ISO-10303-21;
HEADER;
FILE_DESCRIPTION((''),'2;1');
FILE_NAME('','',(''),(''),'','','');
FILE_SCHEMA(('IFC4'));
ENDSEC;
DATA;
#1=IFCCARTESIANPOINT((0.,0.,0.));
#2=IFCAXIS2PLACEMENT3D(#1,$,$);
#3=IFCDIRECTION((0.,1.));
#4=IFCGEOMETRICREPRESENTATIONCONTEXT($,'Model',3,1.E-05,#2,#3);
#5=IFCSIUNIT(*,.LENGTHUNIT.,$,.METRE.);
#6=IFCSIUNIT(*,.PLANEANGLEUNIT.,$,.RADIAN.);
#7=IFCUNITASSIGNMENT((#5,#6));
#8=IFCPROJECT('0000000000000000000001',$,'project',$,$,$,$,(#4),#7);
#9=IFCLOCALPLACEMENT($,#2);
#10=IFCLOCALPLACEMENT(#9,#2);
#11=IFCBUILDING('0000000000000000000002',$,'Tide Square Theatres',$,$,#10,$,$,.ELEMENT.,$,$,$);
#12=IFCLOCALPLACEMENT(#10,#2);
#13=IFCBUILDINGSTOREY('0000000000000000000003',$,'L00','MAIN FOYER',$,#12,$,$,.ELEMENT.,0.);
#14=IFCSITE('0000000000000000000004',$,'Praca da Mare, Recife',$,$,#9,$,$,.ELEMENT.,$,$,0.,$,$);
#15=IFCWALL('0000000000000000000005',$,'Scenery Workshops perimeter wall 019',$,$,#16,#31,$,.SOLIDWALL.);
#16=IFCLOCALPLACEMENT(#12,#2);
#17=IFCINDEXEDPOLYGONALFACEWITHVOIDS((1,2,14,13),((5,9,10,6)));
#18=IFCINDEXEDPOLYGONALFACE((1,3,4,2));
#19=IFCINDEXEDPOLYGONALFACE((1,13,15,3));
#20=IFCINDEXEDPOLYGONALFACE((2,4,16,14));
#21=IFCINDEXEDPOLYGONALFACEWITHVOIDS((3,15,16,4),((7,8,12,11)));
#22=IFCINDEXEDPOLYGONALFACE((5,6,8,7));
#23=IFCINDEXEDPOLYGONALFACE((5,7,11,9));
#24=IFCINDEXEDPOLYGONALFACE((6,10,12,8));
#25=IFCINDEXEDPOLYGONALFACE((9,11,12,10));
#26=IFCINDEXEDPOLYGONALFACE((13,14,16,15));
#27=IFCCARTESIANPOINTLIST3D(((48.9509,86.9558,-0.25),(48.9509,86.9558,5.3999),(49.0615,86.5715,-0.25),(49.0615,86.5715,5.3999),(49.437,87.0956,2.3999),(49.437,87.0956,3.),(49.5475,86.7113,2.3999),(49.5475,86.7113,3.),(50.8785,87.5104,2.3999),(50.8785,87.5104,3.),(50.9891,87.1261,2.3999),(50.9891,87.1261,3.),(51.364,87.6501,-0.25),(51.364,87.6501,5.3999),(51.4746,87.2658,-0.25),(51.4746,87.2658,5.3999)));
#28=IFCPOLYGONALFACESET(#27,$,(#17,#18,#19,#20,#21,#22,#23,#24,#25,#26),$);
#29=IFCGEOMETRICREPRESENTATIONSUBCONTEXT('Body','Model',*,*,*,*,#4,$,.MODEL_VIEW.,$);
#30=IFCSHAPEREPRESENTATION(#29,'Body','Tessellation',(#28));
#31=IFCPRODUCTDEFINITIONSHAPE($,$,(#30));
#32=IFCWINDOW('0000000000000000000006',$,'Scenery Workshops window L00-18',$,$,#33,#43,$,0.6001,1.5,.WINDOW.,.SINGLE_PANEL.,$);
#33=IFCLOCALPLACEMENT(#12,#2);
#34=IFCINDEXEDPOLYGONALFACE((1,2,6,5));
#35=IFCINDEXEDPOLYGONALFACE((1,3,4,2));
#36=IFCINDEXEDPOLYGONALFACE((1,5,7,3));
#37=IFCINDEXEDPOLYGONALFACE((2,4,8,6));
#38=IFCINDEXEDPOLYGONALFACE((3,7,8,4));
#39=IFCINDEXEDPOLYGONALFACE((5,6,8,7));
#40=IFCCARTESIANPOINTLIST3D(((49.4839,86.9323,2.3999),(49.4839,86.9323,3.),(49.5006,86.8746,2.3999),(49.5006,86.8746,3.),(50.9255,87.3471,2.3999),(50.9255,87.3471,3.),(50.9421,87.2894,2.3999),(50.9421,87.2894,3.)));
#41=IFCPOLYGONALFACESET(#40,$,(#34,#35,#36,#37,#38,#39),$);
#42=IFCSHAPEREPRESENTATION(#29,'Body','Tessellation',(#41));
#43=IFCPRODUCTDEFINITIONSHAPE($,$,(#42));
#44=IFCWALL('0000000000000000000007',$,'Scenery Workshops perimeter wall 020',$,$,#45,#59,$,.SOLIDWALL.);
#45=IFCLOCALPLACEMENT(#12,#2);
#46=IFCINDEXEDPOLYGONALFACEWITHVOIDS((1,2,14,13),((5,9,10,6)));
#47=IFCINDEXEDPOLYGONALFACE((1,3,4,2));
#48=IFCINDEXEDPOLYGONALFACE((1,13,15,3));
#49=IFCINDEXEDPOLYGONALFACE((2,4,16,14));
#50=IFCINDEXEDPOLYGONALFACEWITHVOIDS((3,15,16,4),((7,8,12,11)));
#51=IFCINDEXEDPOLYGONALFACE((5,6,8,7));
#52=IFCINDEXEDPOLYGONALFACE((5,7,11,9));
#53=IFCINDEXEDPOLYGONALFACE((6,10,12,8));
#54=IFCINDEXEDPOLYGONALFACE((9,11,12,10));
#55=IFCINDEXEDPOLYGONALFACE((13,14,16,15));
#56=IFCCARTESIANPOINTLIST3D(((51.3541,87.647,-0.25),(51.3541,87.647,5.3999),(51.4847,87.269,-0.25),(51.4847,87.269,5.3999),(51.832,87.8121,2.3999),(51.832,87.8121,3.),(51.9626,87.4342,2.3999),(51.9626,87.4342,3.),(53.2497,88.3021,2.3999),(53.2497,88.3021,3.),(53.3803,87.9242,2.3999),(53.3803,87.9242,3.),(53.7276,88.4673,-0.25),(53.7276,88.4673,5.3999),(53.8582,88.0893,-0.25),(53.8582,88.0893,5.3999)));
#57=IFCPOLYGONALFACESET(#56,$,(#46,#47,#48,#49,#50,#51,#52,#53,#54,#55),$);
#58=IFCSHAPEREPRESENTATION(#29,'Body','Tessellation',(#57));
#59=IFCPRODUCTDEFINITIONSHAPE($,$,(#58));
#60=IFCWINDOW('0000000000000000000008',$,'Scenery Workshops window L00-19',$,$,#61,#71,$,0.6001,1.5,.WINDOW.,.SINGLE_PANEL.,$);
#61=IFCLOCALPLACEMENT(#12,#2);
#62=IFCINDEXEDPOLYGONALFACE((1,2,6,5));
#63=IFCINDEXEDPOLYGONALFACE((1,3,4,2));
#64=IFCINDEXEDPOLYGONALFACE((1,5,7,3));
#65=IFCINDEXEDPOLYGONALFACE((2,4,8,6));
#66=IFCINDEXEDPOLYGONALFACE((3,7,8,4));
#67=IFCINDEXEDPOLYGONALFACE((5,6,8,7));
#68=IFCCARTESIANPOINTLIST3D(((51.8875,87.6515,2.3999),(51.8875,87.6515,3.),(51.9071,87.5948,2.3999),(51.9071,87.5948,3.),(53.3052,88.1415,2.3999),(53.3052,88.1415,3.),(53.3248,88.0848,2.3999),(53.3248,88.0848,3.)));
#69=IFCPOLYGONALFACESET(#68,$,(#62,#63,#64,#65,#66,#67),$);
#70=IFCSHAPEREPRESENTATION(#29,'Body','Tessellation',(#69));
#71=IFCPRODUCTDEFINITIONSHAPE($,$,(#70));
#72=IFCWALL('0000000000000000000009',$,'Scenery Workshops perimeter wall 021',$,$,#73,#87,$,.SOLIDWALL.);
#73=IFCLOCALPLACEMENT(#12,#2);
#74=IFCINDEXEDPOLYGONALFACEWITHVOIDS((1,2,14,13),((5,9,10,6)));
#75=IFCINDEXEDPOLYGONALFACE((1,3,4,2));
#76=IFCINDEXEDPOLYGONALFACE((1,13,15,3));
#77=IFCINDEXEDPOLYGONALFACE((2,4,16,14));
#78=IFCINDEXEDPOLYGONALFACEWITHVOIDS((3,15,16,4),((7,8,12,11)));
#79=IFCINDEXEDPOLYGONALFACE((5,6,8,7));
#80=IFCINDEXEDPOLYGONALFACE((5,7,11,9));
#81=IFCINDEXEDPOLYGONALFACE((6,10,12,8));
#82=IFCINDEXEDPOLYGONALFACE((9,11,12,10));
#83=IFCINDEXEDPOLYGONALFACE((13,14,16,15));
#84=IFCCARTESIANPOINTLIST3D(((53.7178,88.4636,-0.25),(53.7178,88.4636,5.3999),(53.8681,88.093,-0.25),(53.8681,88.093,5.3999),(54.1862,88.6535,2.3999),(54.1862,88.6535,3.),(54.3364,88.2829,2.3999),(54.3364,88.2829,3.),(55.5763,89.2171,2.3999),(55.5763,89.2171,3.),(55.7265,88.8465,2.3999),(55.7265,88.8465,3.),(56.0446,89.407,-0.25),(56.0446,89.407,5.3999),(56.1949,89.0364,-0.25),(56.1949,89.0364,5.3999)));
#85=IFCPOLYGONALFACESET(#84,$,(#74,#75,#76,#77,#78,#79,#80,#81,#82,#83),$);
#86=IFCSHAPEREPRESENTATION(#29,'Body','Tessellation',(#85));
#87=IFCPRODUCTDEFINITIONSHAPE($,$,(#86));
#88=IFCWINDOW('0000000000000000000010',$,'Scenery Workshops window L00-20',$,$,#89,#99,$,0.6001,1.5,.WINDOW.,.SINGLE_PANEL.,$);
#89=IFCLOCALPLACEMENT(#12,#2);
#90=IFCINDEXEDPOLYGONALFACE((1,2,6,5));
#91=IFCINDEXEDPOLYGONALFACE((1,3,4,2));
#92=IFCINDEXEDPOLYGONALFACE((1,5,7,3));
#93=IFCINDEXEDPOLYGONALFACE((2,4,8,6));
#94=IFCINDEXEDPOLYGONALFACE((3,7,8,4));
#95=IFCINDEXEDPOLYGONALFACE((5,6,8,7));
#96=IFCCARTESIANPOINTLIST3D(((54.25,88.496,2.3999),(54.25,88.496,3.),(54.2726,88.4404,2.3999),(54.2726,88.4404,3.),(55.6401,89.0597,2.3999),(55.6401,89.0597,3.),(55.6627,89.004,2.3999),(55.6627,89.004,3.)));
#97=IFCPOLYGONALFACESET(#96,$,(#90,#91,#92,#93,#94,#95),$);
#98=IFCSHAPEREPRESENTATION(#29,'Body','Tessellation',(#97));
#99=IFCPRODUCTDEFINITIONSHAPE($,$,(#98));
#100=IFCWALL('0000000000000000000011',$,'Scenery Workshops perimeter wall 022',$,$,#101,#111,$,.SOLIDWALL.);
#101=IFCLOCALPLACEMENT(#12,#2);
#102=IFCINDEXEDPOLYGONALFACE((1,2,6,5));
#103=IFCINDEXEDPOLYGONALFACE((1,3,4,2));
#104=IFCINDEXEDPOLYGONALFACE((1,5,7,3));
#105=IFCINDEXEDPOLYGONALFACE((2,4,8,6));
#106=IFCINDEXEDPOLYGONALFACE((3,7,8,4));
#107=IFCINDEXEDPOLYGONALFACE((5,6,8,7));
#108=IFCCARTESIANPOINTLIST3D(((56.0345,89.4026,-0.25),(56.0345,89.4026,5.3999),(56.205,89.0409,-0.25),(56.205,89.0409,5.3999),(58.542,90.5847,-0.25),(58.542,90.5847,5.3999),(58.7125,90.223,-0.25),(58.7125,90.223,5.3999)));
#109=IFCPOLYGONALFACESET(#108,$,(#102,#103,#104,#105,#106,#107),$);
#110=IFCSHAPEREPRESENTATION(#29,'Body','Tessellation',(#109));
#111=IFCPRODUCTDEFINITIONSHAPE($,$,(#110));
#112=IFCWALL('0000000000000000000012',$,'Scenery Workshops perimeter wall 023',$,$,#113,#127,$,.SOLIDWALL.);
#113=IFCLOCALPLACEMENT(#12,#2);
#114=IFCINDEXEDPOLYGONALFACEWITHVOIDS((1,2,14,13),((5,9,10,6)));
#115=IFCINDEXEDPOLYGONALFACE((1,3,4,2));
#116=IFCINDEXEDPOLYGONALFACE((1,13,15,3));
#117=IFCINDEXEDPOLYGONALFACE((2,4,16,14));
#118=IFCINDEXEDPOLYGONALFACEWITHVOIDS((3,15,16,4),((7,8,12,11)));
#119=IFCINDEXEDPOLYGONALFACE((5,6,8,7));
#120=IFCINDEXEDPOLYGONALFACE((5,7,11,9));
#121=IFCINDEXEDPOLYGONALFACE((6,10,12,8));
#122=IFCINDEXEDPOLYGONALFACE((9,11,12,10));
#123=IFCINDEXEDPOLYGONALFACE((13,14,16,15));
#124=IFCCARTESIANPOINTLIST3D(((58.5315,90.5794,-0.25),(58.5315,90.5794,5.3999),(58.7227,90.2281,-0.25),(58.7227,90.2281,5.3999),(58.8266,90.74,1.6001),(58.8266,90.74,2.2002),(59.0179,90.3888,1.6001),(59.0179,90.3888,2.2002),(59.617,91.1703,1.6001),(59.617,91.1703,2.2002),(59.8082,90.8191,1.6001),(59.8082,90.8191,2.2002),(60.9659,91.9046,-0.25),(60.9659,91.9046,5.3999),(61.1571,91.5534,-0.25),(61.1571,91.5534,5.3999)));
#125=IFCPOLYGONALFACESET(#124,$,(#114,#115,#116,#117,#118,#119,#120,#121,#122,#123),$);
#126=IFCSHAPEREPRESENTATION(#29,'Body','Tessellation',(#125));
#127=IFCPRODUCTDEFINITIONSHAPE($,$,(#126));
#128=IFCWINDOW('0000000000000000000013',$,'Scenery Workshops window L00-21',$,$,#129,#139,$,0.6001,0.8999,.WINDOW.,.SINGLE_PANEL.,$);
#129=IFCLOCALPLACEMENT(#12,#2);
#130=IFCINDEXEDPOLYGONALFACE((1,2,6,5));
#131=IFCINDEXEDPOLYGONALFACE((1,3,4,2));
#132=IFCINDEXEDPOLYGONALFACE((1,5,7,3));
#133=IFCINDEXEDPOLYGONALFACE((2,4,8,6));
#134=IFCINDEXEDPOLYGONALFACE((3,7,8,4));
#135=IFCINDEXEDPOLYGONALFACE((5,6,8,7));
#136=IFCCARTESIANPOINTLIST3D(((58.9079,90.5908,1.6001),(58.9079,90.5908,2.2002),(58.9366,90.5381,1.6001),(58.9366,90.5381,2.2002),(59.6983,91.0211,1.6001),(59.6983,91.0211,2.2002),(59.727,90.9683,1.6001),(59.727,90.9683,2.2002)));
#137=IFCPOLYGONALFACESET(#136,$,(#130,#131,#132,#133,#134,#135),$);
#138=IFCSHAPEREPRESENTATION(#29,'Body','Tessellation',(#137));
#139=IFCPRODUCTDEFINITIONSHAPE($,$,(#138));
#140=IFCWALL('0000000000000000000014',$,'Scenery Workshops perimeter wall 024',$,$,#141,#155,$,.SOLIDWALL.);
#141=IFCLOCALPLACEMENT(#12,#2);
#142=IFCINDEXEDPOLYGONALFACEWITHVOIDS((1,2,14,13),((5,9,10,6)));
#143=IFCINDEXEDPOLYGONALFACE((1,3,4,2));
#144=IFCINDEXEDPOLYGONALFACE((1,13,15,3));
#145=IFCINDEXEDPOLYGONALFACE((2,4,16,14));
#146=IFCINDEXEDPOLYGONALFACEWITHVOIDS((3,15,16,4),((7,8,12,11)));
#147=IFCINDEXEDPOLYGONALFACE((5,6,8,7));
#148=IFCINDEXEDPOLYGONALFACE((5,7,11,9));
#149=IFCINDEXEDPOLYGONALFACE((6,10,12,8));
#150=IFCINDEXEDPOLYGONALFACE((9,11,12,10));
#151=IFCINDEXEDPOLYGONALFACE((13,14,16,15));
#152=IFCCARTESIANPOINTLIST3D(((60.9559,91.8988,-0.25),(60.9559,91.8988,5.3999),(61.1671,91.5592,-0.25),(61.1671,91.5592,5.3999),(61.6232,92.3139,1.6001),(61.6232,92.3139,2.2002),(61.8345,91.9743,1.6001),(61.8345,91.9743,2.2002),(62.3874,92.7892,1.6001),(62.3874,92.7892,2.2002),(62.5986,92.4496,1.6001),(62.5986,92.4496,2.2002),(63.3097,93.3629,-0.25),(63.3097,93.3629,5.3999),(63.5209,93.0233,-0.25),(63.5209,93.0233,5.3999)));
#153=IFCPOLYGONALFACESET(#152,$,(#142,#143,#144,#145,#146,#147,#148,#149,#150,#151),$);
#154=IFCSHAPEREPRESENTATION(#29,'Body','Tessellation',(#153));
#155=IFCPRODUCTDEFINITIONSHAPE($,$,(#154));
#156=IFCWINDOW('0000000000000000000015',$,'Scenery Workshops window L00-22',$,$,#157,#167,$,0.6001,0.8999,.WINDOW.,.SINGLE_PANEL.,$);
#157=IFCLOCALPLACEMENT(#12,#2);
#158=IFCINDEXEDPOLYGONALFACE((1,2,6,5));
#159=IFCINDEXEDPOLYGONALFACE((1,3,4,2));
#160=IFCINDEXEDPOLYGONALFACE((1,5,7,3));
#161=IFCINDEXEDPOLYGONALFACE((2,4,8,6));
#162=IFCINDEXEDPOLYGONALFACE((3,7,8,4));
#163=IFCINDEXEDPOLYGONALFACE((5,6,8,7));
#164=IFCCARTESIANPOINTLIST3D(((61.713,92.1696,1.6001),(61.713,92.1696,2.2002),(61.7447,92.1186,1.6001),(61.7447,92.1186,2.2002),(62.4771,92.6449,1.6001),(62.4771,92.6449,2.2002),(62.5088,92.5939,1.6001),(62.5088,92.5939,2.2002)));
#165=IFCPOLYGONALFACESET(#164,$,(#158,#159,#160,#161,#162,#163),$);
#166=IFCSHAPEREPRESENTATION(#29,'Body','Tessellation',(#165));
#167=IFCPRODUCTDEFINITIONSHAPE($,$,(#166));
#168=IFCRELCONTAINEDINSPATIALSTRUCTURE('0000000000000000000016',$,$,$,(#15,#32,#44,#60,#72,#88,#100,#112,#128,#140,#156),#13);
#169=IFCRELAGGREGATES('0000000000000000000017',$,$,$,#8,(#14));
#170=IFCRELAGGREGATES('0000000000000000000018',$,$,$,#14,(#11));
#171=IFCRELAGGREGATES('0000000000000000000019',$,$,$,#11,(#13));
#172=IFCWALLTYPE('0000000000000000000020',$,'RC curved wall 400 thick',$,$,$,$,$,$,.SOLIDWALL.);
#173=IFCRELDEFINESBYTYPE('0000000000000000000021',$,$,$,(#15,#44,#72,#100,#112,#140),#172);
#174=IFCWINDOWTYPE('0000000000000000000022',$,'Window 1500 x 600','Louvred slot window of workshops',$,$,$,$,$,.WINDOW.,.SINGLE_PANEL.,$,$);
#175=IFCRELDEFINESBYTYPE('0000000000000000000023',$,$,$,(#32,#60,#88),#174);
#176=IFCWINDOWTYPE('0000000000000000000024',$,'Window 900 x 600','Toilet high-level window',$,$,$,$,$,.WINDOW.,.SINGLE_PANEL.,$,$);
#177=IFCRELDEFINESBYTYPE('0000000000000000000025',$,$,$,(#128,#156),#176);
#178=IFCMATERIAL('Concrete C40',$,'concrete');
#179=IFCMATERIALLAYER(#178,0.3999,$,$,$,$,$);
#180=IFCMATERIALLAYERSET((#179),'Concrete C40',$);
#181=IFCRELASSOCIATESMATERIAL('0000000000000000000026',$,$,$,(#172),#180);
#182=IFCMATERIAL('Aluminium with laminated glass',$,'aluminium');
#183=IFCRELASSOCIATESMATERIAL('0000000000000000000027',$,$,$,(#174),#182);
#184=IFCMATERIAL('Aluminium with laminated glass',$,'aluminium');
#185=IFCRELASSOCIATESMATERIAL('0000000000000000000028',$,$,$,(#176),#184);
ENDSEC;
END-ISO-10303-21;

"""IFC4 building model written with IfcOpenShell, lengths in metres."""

from ifc_helpers import new_model, si_unit, direction, frame, frame_2d, origin, place, context, subcontext, project, spatial, rectangle, extrude, material, layer, layer_set, type_object, element, fill, save


model = new_model("IFC4")

# Units and contexts
model_context = context("Model", 3, precision=1e-05, world=origin(), true_north=direction((0.0, 1.0)))
body_context = subcontext(model_context, "Body", "Model", "MODEL_VIEW")
ifc_project = project(units=[si_unit("LENGTHUNIT", "METRE"), si_unit("PLANEANGLEUNIT", "RADIAN")], contexts=[model_context])

# Site, building, storey
site_placement = place(None, origin())
site = spatial("IfcSite", under=ifc_project, at=site_placement, Name="Praca da Mare, Recife", CompositionType="ELEMENT", RefElevation=0.0)
building_placement = place(site_placement, origin())
building = spatial("IfcBuilding", under=site, at=building_placement, Name="Tide Square Theatres", CompositionType="ELEMENT")
storey_placement = place(building_placement, origin())
storey = spatial("IfcBuildingStorey", under=building, at=storey_placement, Name="L00", Description="MAIN FOYER", CompositionType="ELEMENT", Elevation=0.0)

# Walls, openings, windows
ifc_material_1 = material(Name="Concrete C40", Category="concrete")
ifc_layer_1 = layer(ifc_material_1, 0.3999)
ifc_layer_set_1 = layer_set([ifc_layer_1], Name="Concrete C40")
wall_type_1 = type_object("IfcWallType", Name="RC curved wall 400 thick", PredefinedType="SOLIDWALL", material=ifc_layer_set_1)
ifc_material_2 = material(Name="Aluminium with laminated glass", Category="aluminium")
window_type_1 = type_object("IfcWindowType", Name="Window 1500 x 600", Description="Louvred slot window of workshops", PartitioningType="SINGLE_PANEL", PredefinedType="WINDOW", material=ifc_material_2)
wall_1_placement = place(storey_placement, frame((49.0063, 86.7637, -0.25), z_axis=(0.0, 0.0, 1.0), x_axis=(0.961009, 0.276518, 0.0)))
wall_1 = element("IfcWall", 1, at=wall_1_placement, inside=storey, type_object=wall_type_1, Name="Scenery Workshops perimeter wall 019", PredefinedType="SOLIDWALL", context=body_context, shape_type="SweptSolid", body=[
    extrude(rectangle(XDim=2.511, YDim=0.3999, at=frame_2d((1.2554, 0.0))), origin(), (0.0, 0.0, 1.0), 5.6499),
])
opening_1_placement = place(wall_1_placement, frame((0.5056, 0.0, 2.6499)))
opening_1 = element("IfcOpeningElement", 2, at=opening_1_placement, cuts=wall_1, PredefinedType="OPENING", context=body_context, shape_type="SweptSolid", body=[
    extrude(rectangle(XDim=1.5, YDim=0.6001, at=frame_2d((0.75, 0.3))), frame((0.0, 0.21, 0.0), z_axis=(0.0, -1.0, 0.0), x_axis=(1.0, 0.0, 0.0)), (0.0, 0.0, 1.0), 0.4199),
])
window_1_placement = place(opening_1_placement, origin())
window_1 = element("IfcWindow", 3, at=window_1_placement, inside=storey, type_object=window_type_1, Name="Scenery Workshops window L00-18", OverallHeight=0.6001, OverallWidth=1.5, PartitioningType="SINGLE_PANEL", PredefinedType="WINDOW", context=body_context, shape_type="SweptSolid", body=[
    extrude(rectangle(XDim=1.5, YDim=0.6001, at=frame_2d((0.75, 0.3))), frame((0.0, 0.03, 0.0), z_axis=(0.0, -1.0, 0.0), x_axis=(1.0, 0.0, 0.0)), (0.0, 0.0, 1.0), 0.0601),
])
fill(opening_1, window_1)
wall_2_placement = place(storey_placement, frame((51.4194, 87.458, -0.25), z_axis=(0.0, 0.0, 1.0), x_axis=(0.945145, 0.32665, 0.0)))
wall_2 = element("IfcWall", 4, at=wall_2_placement, inside=storey, type_object=wall_type_1, Name="Scenery Workshops perimeter wall 020", PredefinedType="SOLIDWALL", context=body_context, shape_type="SweptSolid", body=[
    extrude(rectangle(XDim=2.5112, YDim=0.3999, at=frame_2d((1.2556, 0.0))), origin(), (0.0, 0.0, 1.0), 5.6499),
])
opening_2_placement = place(wall_2_placement, frame((0.5056, 0.0, 2.6499)))
opening_2 = element("IfcOpeningElement", 5, at=opening_2_placement, cuts=wall_2, PredefinedType="OPENING", context=body_context, shape_type="SweptSolid", body=[
    extrude(rectangle(XDim=1.5, YDim=0.6001, at=frame_2d((0.75, 0.3))), frame((0.0, 0.21, 0.0), z_axis=(0.0, -1.0, 0.0), x_axis=(1.0, 0.0, 0.0)), (0.0, 0.0, 1.0), 0.4199),
])
window_2_placement = place(opening_2_placement, origin())
window_2 = element("IfcWindow", 6, at=window_2_placement, inside=storey, type_object=window_type_1, Name="Scenery Workshops window L00-19", OverallHeight=0.6001, OverallWidth=1.5, PartitioningType="SINGLE_PANEL", PredefinedType="WINDOW", context=body_context, shape_type="SweptSolid", body=[
    extrude(rectangle(XDim=1.5, YDim=0.6001, at=frame_2d((0.75, 0.3))), frame((0.0, 0.03, 0.0), z_axis=(0.0, -1.0, 0.0), x_axis=(1.0, 0.0, 0.0)), (0.0, 0.0, 1.0), 0.0601),
])
fill(opening_2, window_2)
wall_3_placement = place(storey_placement, frame((53.793, 88.2783, -0.25), z_axis=(0.0, 0.0, 1.0), x_axis=(0.926723, 0.375746, 0.0)))
wall_3 = element("IfcWall", 7, at=wall_3_placement, inside=storey, type_object=wall_type_1, Name="Scenery Workshops perimeter wall 021", PredefinedType="SOLIDWALL", context=body_context, shape_type="SweptSolid", body=[
    extrude(rectangle(XDim=2.5107, YDim=0.3999, at=frame_2d((1.2554, 0.0))), origin(), (0.0, 0.0, 1.0), 5.6499),
])
opening_3_placement = place(wall_3_placement, frame((0.5054, 0.0, 2.6499)))
opening_3 = element("IfcOpeningElement", 8, at=opening_3_placement, cuts=wall_3, PredefinedType="OPENING", context=body_context, shape_type="SweptSolid", body=[
    extrude(rectangle(XDim=1.5, YDim=0.6001, at=frame_2d((0.75, 0.3))), frame((0.0, 0.21, 0.0), z_axis=(0.0, -1.0, 0.0), x_axis=(1.0, 0.0, 0.0)), (0.0, 0.0, 1.0), 0.4199),
])
window_3_placement = place(opening_3_placement, origin())
window_3 = element("IfcWindow", 9, at=window_3_placement, inside=storey, type_object=window_type_1, Name="Scenery Workshops window L00-20", OverallHeight=0.6001, OverallWidth=1.5, PartitioningType="SINGLE_PANEL", PredefinedType="WINDOW", context=body_context, shape_type="SweptSolid", body=[
    extrude(rectangle(XDim=1.5, YDim=0.6001, at=frame_2d((0.75, 0.3))), frame((0.0, 0.03, 0.0), z_axis=(0.0, -1.0, 0.0), x_axis=(1.0, 0.0, 0.0)), (0.0, 0.0, 1.0), 0.0601),
])
fill(opening_3, window_3)

# Wall
wall_4_placement = place(storey_placement, frame((56.1196, 89.2217, -0.25), z_axis=(0.0, 0.0, 1.0), x_axis=(0.904527, 0.426416, 0.0)))
element("IfcWall", 10, at=wall_4_placement, inside=storey, type_object=wall_type_1, Name="Scenery Workshops perimeter wall 022", PredefinedType="SOLIDWALL", context=body_context, shape_type="SweptSolid", body=[
    extrude(rectangle(XDim=2.7722, YDim=0.3999, at=frame_2d((1.3862, 0.0))), origin(), (0.0, 0.0, 1.0), 5.6499),
])

# Walls, openings, windows
wall_5_placement = place(storey_placement, frame((58.6272, 90.4038, -0.25), z_axis=(0.0, 0.0, 1.0), x_axis=(0.878292, 0.478124, 0.0)))
wall_5 = element("IfcWall", 11, at=wall_5_placement, inside=storey, type_object=wall_type_1, Name="Scenery Workshops perimeter wall 023", PredefinedType="SOLIDWALL", context=body_context, shape_type="SweptSolid", body=[
    extrude(rectangle(XDim=2.7717, YDim=0.3999, at=frame_2d((1.3857, 0.0))), origin(), (0.0, 0.0, 1.0), 5.6499),
])
opening_4_placement = place(wall_5_placement, frame((0.3359, 0.0, 1.8501)))
opening_4 = element("IfcOpeningElement", 12, at=opening_4_placement, cuts=wall_5, PredefinedType="OPENING", context=body_context, shape_type="SweptSolid", body=[
    extrude(rectangle(XDim=0.8999, YDim=0.6001, at=frame_2d((0.45, 0.3))), frame((0.0, 0.21, 0.0), z_axis=(0.0, -1.0, 0.0), x_axis=(1.0, 0.0, 0.0)), (0.0, 0.0, 1.0), 0.4199),
])
ifc_material_3 = material(Name="Aluminium with laminated glass", Category="aluminium")
window_type_2 = type_object("IfcWindowType", Name="Window 900 x 600", Description="Toilet high-level window", PartitioningType="SINGLE_PANEL", PredefinedType="WINDOW", material=ifc_material_3)
window_4_placement = place(opening_4_placement, origin())
window_4 = element("IfcWindow", 13, at=window_4_placement, inside=storey, type_object=window_type_2, Name="Scenery Workshops window L00-21", OverallHeight=0.6001, OverallWidth=0.8999, PartitioningType="SINGLE_PANEL", PredefinedType="WINDOW", context=body_context, shape_type="SweptSolid", body=[
    extrude(rectangle(XDim=0.8999, YDim=0.6001, at=frame_2d((0.45, 0.3))), frame((0.0, 0.03, 0.0), z_axis=(0.0, -1.0, 0.0), x_axis=(1.0, 0.0, 0.0)), (0.0, 0.0, 1.0), 0.0601),
])
fill(opening_4, window_4)
wall_6_placement = place(storey_placement, frame((61.0615, 91.729, -0.25), z_axis=(0.0, 0.0, 1.0), x_axis=(0.849129, 0.528185, 0.0)))
wall_6 = element("IfcWall", 14, at=wall_6_placement, inside=storey, type_object=wall_type_1, Name="Scenery Workshops perimeter wall 024", PredefinedType="SOLIDWALL", context=body_context, shape_type="SweptSolid", body=[
    extrude(rectangle(XDim=2.772, YDim=0.3999, at=frame_2d((1.386, 0.0))), origin(), (0.0, 0.0, 1.0), 5.6499),
])
opening_5_placement = place(wall_6_placement, frame((0.7859, 0.0, 1.8501)))
opening_5 = element("IfcOpeningElement", 15, at=opening_5_placement, cuts=wall_6, PredefinedType="OPENING", context=body_context, shape_type="SweptSolid", body=[
    extrude(rectangle(XDim=0.8999, YDim=0.6001, at=frame_2d((0.45, 0.3))), frame((0.0, 0.21, 0.0), z_axis=(0.0, -1.0, 0.0), x_axis=(1.0, 0.0, 0.0)), (0.0, 0.0, 1.0), 0.4199),
])
window_5_placement = place(opening_5_placement, origin())
window_5 = element("IfcWindow", 16, at=window_5_placement, inside=storey, type_object=window_type_2, Name="Scenery Workshops window L00-22", OverallHeight=0.6001, OverallWidth=0.8999, PartitioningType="SINGLE_PANEL", PredefinedType="WINDOW", context=body_context, shape_type="SweptSolid", body=[
    extrude(rectangle(XDim=0.8999, YDim=0.6001, at=frame_2d((0.45, 0.3))), frame((0.0, 0.03, 0.0), z_axis=(0.0, -1.0, 0.0), x_axis=(1.0, 0.0, 0.0)), (0.0, 0.0, 1.0), 0.0601),
])
fill(opening_5, window_5)

save(model, "model.ifc")
